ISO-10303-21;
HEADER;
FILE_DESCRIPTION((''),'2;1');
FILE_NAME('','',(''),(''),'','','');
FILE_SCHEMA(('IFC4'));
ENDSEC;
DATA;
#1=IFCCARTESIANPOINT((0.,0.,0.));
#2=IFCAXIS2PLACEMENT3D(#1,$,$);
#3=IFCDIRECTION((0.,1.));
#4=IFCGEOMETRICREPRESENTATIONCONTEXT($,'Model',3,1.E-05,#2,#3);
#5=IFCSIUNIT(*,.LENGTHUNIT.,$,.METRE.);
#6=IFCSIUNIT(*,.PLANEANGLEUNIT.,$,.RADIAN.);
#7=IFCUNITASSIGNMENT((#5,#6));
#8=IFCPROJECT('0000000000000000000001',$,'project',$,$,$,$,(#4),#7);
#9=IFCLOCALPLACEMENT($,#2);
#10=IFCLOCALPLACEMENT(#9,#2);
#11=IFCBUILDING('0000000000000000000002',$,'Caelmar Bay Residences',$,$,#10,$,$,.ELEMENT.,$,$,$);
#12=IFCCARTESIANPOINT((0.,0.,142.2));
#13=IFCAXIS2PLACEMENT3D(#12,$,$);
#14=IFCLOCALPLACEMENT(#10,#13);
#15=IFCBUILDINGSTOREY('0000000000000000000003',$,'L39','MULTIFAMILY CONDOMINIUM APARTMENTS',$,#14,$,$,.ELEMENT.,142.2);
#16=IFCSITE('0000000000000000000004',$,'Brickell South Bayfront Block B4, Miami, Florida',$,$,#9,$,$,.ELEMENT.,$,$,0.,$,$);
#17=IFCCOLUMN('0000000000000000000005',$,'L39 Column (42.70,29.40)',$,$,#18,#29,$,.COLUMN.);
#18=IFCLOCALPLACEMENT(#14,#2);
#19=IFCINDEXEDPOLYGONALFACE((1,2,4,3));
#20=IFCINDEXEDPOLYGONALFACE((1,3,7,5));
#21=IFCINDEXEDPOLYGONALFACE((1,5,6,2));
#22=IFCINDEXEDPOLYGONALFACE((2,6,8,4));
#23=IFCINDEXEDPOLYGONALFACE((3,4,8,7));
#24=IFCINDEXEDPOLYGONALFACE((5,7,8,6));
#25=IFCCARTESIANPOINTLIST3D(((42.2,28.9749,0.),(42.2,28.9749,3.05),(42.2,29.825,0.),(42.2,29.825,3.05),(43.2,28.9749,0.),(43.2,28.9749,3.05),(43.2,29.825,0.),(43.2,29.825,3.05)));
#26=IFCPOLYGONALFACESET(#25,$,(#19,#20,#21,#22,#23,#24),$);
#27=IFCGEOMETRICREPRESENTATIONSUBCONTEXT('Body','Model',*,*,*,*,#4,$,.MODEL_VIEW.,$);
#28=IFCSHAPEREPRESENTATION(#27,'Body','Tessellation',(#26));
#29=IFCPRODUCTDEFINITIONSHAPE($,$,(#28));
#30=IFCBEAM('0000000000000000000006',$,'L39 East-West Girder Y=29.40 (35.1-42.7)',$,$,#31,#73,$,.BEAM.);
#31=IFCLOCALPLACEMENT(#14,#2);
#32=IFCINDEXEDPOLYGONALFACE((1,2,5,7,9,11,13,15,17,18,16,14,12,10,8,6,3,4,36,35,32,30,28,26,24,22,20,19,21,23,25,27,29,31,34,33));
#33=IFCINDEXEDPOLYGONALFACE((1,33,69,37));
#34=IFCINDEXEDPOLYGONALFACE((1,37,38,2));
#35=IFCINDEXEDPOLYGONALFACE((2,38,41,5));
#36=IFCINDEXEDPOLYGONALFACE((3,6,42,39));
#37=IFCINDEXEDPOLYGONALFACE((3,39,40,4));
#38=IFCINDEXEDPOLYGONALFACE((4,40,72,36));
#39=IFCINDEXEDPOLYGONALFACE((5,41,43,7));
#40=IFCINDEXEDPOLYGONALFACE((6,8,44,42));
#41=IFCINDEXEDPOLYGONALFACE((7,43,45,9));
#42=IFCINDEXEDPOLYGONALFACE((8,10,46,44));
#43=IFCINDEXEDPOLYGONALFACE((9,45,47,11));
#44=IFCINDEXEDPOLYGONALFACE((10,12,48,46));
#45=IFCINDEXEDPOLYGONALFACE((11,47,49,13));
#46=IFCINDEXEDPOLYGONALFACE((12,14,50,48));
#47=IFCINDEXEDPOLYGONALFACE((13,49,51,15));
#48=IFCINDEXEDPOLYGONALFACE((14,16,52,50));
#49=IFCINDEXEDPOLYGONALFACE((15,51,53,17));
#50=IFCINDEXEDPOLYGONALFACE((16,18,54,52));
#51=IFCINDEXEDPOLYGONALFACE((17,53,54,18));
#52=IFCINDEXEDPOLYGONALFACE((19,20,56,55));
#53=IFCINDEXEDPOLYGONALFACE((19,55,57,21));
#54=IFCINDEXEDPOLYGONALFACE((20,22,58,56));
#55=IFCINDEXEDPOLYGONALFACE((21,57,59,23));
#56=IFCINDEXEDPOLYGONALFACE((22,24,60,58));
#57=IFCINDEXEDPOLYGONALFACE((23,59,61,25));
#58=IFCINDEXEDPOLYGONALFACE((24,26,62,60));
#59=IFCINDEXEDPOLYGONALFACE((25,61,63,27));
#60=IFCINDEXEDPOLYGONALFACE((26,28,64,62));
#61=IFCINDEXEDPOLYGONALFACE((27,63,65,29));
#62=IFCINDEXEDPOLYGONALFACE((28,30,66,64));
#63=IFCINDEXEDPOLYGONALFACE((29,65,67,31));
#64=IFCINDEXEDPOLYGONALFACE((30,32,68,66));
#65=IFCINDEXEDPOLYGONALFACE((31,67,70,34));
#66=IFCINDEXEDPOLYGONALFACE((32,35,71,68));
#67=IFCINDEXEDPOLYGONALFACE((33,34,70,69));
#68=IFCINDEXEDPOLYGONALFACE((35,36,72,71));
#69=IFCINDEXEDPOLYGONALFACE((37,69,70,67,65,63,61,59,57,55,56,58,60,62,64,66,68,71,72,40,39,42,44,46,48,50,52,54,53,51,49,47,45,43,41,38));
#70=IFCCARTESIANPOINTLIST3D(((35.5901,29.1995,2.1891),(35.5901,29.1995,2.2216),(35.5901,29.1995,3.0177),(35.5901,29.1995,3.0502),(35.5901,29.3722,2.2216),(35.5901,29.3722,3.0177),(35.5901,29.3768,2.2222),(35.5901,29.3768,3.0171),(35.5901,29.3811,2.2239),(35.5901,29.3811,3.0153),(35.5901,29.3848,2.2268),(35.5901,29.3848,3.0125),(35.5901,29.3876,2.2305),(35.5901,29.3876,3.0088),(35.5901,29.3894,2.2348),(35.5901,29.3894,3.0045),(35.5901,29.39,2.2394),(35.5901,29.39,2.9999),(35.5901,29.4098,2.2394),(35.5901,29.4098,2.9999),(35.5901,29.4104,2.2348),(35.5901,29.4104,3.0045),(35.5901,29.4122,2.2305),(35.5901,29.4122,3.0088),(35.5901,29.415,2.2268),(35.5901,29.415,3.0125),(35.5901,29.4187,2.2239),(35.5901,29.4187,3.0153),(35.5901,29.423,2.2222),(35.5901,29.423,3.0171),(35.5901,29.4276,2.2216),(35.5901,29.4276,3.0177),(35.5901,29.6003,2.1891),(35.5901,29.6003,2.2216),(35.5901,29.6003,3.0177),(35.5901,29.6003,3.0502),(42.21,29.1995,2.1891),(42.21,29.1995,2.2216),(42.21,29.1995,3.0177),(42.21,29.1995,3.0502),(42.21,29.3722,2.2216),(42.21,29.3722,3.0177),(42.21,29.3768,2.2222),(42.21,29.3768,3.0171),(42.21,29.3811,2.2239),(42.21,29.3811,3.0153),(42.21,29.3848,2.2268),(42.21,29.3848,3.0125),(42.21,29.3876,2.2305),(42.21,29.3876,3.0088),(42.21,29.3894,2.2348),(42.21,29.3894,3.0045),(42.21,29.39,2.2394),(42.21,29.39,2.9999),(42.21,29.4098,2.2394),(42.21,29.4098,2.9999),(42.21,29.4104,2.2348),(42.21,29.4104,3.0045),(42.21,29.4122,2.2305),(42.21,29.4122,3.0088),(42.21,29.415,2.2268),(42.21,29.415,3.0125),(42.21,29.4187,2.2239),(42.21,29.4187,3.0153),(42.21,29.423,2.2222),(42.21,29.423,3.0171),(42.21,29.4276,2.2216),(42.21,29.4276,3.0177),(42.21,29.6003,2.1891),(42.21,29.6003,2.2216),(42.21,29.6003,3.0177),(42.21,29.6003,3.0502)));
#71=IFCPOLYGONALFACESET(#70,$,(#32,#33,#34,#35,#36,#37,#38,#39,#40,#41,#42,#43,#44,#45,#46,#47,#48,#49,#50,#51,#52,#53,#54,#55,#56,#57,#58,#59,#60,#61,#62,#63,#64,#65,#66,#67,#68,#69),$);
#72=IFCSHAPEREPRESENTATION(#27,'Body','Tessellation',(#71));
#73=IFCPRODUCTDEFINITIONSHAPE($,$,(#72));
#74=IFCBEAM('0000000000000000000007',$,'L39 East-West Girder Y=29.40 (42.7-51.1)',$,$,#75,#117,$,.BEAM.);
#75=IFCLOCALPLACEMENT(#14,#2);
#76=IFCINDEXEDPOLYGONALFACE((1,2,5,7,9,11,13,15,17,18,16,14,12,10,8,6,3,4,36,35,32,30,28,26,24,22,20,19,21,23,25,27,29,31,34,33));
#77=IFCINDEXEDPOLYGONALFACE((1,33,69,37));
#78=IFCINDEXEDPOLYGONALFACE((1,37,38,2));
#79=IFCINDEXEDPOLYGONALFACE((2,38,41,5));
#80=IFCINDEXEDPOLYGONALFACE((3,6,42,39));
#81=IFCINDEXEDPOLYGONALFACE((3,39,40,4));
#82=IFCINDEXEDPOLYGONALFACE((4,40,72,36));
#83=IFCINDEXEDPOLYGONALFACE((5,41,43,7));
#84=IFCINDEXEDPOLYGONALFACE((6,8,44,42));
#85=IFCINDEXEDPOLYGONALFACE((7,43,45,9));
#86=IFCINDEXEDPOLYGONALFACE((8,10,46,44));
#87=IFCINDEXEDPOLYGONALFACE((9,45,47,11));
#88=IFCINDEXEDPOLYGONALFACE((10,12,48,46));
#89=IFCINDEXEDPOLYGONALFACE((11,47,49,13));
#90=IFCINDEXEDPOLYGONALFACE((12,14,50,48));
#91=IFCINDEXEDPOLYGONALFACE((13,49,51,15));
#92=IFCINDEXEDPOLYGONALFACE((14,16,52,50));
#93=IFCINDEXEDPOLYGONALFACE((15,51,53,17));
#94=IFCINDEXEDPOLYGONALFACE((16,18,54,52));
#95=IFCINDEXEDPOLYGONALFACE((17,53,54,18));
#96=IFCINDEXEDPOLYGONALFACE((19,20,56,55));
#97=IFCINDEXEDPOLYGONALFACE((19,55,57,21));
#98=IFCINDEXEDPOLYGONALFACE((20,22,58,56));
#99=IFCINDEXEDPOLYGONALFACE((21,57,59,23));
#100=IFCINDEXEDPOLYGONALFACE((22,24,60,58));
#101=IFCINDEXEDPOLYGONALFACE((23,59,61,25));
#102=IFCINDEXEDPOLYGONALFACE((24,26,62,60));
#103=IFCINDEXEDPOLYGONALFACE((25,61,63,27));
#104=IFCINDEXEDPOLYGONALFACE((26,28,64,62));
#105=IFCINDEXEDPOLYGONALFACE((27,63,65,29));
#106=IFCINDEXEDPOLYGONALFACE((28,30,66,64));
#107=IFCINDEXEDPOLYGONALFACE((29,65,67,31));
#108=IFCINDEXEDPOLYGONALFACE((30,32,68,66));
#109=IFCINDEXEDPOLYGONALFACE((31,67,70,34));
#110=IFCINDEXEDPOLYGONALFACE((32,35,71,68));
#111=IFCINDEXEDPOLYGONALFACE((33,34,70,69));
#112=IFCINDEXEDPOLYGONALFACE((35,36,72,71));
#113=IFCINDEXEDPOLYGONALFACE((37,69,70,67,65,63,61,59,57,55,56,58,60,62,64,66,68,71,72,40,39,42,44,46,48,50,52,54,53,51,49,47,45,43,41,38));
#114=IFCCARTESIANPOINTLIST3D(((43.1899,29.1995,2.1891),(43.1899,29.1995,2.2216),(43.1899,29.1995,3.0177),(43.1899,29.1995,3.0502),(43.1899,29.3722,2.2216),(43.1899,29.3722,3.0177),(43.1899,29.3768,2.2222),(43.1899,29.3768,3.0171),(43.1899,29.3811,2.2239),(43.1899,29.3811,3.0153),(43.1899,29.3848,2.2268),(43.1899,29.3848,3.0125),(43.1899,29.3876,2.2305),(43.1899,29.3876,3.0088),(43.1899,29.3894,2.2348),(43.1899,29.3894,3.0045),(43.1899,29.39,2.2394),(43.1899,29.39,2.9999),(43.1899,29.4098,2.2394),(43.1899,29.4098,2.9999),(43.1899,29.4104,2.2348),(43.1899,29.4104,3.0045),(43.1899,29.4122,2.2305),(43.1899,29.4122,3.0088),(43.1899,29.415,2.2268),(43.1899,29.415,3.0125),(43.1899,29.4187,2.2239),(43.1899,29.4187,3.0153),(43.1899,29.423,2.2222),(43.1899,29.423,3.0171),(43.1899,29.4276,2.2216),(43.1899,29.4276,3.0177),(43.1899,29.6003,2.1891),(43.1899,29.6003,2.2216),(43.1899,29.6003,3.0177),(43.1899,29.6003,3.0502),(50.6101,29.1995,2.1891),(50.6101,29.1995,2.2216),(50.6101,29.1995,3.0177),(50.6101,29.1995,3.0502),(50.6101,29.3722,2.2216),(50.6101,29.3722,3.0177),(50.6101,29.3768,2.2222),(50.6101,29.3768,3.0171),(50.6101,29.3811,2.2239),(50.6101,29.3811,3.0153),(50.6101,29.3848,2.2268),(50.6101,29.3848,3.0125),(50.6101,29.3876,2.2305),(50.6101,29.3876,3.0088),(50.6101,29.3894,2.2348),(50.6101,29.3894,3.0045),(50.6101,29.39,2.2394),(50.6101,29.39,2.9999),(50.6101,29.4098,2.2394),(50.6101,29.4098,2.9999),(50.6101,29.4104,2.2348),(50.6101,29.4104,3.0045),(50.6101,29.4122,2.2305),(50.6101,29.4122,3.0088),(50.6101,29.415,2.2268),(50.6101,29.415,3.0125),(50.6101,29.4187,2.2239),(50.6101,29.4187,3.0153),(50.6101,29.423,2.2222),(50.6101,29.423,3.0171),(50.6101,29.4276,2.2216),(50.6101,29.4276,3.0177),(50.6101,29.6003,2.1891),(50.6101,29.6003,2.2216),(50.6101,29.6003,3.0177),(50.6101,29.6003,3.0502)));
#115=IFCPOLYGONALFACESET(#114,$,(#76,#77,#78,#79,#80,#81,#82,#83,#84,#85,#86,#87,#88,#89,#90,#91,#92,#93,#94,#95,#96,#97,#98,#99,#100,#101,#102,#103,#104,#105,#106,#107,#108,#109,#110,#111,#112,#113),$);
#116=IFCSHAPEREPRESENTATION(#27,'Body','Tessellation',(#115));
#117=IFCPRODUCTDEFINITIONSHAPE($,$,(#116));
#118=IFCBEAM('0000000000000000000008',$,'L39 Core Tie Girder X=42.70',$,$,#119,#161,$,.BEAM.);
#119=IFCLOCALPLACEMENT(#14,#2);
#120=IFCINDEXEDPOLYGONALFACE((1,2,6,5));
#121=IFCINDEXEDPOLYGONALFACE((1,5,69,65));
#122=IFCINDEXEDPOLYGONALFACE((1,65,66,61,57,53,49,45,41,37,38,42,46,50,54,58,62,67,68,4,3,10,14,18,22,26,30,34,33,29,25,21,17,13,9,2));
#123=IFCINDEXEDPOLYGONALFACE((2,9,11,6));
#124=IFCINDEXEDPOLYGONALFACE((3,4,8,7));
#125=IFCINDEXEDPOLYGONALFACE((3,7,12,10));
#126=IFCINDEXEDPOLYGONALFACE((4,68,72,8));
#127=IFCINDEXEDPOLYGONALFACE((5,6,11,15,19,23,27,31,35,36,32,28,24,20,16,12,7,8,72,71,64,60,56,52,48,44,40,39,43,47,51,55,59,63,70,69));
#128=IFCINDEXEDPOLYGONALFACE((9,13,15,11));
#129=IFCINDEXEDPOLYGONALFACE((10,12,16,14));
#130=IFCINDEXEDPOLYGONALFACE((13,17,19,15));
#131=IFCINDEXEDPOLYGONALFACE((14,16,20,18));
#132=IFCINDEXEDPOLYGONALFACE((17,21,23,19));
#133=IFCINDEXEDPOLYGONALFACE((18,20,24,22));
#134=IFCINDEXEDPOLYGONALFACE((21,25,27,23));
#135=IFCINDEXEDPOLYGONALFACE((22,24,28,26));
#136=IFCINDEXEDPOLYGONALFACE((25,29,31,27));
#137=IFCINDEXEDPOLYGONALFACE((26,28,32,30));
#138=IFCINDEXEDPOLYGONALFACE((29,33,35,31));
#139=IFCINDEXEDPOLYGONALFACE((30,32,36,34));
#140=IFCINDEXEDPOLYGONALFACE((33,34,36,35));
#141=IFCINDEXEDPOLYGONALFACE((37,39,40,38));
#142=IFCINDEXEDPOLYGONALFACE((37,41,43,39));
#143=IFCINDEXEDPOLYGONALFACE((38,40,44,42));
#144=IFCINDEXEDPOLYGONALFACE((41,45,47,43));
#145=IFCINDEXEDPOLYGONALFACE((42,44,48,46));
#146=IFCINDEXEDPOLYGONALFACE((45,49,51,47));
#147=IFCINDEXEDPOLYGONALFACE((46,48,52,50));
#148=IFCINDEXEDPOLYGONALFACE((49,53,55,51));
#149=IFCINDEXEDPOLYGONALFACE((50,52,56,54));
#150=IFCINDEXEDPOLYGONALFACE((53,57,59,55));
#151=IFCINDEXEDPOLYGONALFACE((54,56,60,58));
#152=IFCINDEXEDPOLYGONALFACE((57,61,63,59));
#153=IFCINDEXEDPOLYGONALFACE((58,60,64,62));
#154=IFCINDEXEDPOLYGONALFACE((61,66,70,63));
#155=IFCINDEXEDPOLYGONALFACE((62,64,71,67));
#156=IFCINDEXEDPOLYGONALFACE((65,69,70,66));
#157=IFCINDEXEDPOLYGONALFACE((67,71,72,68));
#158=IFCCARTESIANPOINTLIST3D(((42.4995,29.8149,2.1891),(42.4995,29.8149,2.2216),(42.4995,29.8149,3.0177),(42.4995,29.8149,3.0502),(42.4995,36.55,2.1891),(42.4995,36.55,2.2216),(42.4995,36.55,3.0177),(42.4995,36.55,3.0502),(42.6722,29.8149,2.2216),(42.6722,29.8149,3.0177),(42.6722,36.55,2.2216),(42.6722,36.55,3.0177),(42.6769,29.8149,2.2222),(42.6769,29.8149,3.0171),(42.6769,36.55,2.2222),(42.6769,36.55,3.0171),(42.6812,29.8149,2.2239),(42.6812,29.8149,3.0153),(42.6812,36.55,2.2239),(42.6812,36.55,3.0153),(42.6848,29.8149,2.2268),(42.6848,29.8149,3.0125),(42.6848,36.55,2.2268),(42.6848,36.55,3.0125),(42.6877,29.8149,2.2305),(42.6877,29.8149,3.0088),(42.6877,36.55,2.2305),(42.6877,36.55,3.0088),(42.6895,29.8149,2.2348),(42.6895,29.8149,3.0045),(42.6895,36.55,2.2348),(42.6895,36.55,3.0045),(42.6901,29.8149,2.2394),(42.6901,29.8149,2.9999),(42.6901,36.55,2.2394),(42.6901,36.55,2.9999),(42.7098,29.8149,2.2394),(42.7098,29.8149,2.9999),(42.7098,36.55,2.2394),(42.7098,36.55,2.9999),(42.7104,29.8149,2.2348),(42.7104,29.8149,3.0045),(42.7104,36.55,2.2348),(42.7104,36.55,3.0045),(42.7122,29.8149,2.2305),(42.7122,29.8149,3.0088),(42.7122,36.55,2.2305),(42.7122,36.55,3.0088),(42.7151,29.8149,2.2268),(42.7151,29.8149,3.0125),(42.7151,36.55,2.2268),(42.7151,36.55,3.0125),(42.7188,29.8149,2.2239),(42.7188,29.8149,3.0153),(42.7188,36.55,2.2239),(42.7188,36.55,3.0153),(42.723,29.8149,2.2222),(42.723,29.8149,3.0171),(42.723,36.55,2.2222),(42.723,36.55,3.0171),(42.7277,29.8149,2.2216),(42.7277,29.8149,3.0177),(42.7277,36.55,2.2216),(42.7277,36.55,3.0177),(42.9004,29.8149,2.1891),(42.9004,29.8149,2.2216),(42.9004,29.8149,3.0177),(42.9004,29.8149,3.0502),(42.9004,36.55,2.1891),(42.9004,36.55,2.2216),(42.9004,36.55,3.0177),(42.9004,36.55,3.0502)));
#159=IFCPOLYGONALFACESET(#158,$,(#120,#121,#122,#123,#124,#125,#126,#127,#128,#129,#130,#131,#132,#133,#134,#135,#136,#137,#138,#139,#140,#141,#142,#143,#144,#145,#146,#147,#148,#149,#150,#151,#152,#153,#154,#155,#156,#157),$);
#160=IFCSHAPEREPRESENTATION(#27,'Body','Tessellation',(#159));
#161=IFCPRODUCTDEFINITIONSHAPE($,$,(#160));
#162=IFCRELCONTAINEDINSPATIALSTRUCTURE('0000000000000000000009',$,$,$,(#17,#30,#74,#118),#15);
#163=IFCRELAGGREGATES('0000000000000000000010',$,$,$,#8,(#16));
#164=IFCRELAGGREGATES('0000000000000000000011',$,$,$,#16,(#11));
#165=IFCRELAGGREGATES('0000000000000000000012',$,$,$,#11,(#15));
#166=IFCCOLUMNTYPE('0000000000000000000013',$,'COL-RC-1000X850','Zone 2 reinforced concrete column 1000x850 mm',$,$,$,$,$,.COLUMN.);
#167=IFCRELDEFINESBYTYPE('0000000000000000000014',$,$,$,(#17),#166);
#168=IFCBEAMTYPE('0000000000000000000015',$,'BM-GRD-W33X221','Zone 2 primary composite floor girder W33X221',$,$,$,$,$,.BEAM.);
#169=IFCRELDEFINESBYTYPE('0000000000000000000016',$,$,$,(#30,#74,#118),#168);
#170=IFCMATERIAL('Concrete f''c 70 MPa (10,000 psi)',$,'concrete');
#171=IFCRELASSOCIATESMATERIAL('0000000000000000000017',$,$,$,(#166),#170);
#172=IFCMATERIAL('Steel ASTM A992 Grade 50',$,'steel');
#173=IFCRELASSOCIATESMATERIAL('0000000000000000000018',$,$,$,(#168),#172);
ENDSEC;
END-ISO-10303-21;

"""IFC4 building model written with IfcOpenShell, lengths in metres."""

from ifc_helpers import new_model, si_unit, direction, frame, origin, origin_2d, place, context, subcontext, project, spatial, rectangle, i_section, extrude, material, material_profile, profile_set, type_object, element, save


model = new_model("IFC4")

# Units and contexts
model_context = context("Model", 3, precision=1e-05, world=origin(), true_north=direction((0.0, 1.0)))
body_context = subcontext(model_context, "Body", "Model", "MODEL_VIEW")
ifc_project = project(units=[si_unit("LENGTHUNIT", "METRE"), si_unit("PLANEANGLEUNIT", "RADIAN")], contexts=[model_context])

# Site, building, storey
site_placement = place(None, origin())
site = spatial("IfcSite", under=ifc_project, at=site_placement, Name="Brickell South Bayfront Block B4, Miami, Florida", CompositionType="ELEMENT", RefElevation=0.0)
building_placement = place(site_placement, origin())
building = spatial("IfcBuilding", under=site, at=building_placement, Name="Caelmar Bay Residences", CompositionType="ELEMENT")
storey_placement = place(building_placement, frame((0.0, 0.0, 142.2)))
storey = spatial("IfcBuildingStorey", under=building, at=storey_placement, Name="L39", Description="MULTIFAMILY CONDOMINIUM APARTMENTS", CompositionType="ELEMENT", Elevation=142.2)

# Column
ifc_material_1 = material(Name="Concrete f'c 70 MPa (10,000 psi)", Category="concrete")
ifc_material_profile_1 = material_profile(ifc_material_1, rectangle(XDim=1.0, YDim=0.8501, at=origin_2d()), Name="RC-COL-1000X850")
ifc_profile_set_1 = profile_set([ifc_material_profile_1], Name="Concrete f'c 70 MPa (10,000 psi)")
column_type = type_object("IfcColumnType", Name="COL-RC-1000X850", Description="Zone 2 reinforced concrete column 1000x850 mm", PredefinedType="COLUMN", material=ifc_profile_set_1)
column_placement = place(storey_placement, frame((42.7, 29.3999, 0.0), z_axis=(0.0, 0.0, 1.0), x_axis=(1.0, 0.0, 0.0)))
element("IfcColumn", 1, at=column_placement, inside=storey, type_object=column_type, Name="L39 Column (42.70,29.40)", PredefinedType="COLUMN", context=body_context, shape_type="SweptSolid", body=[
    extrude(rectangle(XDim=1.0, YDim=0.8501, at=origin_2d()), origin(), (0.0, 0.0, 1.0), 3.05),
])

# Beams
ifc_material_2 = material(Name="Steel ASTM A992 Grade 50", Category="steel")
ifc_material_profile_2 = material_profile(ifc_material_2, i_section(OverallWidth=0.4009, OverallDepth=0.8611, WebThickness=0.0198, FlangeThickness=0.0325, FilletRadius=0.0178, at=origin_2d()), Name="W33X221")
ifc_profile_set_2 = profile_set([ifc_material_profile_2], Name="Steel ASTM A992 Grade 50")
beam_type_1 = type_object("IfcBeamType", Name="BM-GRD-W33X221", Description="Zone 2 primary composite floor girder W33X221", PredefinedType="BEAM", material=ifc_profile_set_2)
beam_1_placement = place(storey_placement, frame((35.5901, 29.3999, 2.6196), z_axis=(1.0, 0.0, 0.0), x_axis=(0.0, 1.0, 0.0)))
element("IfcBeam", 2, at=beam_1_placement, inside=storey, type_object=beam_type_1, Name="L39 East-West Girder Y=29.40 (35.1-42.7)", PredefinedType="BEAM", context=body_context, shape_type="SweptSolid", body=[
    extrude(i_section(OverallWidth=0.4009, OverallDepth=0.8611, WebThickness=0.0198, FlangeThickness=0.0325, FilletRadius=0.0178, at=origin_2d()), origin(), (0.0, 0.0, 1.0), 6.6199),
])
beam_2_placement = place(storey_placement, frame((43.1899, 29.3999, 2.6196), z_axis=(1.0, 0.0, 0.0), x_axis=(0.0, 1.0, 0.0)))
element("IfcBeam", 3, at=beam_2_placement, inside=storey, type_object=beam_type_1, Name="L39 East-West Girder Y=29.40 (42.7-51.1)", PredefinedType="BEAM", context=body_context, shape_type="SweptSolid", body=[
    extrude(i_section(OverallWidth=0.4009, OverallDepth=0.8611, WebThickness=0.0198, FlangeThickness=0.0325, FilletRadius=0.0178, at=origin_2d()), origin(), (0.0, 0.0, 1.0), 7.4202),
])
beam_3_placement = place(storey_placement, frame((42.7, 29.8149, 2.6196), z_axis=(0.0, 1.0, 0.0), x_axis=(-1.0, 0.0, 0.0)))
element("IfcBeam", 4, at=beam_3_placement, inside=storey, type_object=beam_type_1, Name="L39 Core Tie Girder X=42.70", PredefinedType="BEAM", context=body_context, shape_type="SweptSolid", body=[
    extrude(i_section(OverallWidth=0.4009, OverallDepth=0.8611, WebThickness=0.0198, FlangeThickness=0.0325, FilletRadius=0.0178, at=origin_2d()), origin(), (0.0, 0.0, 1.0), 6.7351),
])

save(model, "model.ifc")
